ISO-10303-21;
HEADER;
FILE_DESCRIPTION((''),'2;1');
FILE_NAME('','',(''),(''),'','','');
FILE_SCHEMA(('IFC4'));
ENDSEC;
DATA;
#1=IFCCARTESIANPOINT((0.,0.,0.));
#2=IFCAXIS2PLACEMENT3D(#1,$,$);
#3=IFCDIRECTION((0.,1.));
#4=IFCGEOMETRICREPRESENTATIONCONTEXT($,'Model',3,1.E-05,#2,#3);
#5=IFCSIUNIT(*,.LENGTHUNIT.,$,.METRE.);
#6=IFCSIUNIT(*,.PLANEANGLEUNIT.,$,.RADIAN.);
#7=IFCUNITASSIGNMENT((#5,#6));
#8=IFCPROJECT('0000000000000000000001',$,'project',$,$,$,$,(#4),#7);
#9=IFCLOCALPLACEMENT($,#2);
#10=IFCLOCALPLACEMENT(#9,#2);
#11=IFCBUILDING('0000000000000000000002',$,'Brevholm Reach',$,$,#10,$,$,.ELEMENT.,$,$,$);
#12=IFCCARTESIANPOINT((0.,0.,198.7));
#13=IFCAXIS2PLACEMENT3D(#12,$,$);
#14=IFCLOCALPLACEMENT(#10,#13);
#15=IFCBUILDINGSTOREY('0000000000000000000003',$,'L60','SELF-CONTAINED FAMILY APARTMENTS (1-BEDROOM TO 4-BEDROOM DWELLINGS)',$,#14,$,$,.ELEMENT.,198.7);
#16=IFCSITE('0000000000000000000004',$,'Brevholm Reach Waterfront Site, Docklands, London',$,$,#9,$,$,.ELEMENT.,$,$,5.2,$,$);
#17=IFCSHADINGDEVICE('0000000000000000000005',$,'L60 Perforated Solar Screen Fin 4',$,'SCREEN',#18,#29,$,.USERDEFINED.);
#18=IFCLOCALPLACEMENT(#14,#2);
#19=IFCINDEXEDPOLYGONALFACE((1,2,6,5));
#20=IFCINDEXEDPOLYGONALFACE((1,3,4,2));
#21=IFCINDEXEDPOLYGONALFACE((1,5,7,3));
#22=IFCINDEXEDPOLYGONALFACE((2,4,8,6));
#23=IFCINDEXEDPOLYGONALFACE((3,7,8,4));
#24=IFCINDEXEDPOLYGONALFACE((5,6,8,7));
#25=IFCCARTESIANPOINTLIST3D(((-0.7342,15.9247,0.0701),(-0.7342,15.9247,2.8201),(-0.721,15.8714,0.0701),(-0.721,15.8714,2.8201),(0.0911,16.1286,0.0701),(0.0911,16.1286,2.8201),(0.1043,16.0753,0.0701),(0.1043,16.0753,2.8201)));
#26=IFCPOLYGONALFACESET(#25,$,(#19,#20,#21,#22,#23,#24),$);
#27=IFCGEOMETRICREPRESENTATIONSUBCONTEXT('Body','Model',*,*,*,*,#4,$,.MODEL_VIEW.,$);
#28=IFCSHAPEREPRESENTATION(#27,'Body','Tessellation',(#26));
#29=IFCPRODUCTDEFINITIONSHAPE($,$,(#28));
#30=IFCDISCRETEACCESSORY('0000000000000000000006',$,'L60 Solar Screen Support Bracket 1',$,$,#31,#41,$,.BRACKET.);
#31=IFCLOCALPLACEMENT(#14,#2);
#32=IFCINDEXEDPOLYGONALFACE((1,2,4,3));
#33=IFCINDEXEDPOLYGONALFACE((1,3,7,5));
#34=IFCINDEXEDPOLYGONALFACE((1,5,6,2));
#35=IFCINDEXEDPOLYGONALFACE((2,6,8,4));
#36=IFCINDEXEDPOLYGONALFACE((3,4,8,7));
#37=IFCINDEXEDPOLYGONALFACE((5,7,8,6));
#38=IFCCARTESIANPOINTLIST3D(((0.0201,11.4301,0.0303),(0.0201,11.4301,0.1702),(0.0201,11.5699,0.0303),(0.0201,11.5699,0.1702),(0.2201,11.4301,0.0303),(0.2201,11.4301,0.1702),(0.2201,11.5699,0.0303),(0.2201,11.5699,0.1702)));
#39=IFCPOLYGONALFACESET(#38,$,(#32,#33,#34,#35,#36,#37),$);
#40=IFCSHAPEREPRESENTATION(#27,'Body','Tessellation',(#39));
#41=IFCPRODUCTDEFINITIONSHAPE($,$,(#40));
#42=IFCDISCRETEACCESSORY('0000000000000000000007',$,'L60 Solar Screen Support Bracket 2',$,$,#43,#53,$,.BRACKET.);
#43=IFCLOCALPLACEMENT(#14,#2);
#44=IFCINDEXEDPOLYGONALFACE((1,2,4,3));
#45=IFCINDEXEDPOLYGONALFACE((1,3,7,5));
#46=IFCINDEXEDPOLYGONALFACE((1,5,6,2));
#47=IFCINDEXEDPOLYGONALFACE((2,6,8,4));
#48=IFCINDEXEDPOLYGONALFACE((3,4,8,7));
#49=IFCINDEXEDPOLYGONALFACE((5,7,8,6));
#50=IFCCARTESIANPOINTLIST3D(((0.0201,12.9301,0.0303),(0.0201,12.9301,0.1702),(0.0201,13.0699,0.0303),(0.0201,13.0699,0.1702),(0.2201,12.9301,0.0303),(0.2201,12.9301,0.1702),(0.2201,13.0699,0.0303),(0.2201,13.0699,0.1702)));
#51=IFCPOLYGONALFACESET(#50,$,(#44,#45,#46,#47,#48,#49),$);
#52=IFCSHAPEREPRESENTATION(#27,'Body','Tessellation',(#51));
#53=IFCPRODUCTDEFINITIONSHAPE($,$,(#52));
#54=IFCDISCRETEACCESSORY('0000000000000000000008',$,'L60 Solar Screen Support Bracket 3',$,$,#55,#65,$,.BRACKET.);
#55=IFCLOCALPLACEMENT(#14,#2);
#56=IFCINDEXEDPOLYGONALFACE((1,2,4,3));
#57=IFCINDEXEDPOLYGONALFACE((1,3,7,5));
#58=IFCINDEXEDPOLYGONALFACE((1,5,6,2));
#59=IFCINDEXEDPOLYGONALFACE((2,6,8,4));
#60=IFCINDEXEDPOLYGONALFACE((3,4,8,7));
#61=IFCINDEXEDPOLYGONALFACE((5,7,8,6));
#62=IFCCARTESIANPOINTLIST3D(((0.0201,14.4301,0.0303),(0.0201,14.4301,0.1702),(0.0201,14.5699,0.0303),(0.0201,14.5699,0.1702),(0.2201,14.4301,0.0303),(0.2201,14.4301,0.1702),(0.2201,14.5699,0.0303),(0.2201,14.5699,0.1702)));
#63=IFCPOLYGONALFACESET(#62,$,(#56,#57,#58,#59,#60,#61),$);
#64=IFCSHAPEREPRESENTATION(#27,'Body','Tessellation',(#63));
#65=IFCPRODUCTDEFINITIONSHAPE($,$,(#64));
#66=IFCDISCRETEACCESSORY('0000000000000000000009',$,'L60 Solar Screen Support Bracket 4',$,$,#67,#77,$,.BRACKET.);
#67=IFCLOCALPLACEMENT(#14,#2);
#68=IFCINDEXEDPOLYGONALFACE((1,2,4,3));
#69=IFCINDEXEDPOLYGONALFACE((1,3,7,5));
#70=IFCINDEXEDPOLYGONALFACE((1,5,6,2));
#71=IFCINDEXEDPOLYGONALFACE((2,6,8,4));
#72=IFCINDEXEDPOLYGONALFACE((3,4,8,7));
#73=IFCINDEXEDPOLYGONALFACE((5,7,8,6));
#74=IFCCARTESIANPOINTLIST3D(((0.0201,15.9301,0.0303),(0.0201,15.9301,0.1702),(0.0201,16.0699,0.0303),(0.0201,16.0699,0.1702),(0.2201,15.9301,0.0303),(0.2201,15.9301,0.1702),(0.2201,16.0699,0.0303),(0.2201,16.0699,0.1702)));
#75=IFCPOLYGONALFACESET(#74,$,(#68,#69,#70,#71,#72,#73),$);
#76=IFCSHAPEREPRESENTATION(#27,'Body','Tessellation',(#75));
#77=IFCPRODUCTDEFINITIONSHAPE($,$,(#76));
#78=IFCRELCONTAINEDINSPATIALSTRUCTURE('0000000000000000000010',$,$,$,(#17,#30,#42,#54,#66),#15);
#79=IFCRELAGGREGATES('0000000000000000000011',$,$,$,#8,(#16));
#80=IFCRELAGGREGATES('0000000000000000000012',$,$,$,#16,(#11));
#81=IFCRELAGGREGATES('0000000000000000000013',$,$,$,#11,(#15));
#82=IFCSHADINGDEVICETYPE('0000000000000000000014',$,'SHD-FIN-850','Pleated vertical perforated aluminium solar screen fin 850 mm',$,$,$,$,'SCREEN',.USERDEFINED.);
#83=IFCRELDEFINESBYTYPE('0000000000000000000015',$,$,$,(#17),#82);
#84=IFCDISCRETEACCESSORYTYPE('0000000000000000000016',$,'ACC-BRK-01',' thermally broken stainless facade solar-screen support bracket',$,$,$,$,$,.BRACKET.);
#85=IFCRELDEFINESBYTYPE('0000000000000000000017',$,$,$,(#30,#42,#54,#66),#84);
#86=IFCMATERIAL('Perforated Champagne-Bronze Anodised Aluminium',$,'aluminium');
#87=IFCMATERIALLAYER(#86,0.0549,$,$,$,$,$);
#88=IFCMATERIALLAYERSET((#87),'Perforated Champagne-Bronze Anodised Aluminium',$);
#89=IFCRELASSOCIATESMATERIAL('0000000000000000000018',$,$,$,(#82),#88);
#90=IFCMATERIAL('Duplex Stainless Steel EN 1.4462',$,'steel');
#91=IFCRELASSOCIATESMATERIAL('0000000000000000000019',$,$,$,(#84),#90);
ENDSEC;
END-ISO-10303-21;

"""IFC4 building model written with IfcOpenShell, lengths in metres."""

from ifc_helpers import new_model, si_unit, direction, frame, origin, origin_2d, place, context, subcontext, project, spatial, rectangle, extrude, material, layer, layer_set, type_object, element, save


model = new_model("IFC4")

# Units and contexts
model_context = context("Model", 3, precision=1e-05, world=origin(), true_north=direction((0.0, 1.0)))
body_context = subcontext(model_context, "Body", "Model", "MODEL_VIEW")
ifc_project = project(units=[si_unit("LENGTHUNIT", "METRE"), si_unit("PLANEANGLEUNIT", "RADIAN")], contexts=[model_context])

# Site, building, storey
site_placement = place(None, origin())
site = spatial("IfcSite", under=ifc_project, at=site_placement, Name="Brevholm Reach Waterfront Site, Docklands, London", CompositionType="ELEMENT", RefElevation=5.2)
building_placement = place(site_placement, origin())
building = spatial("IfcBuilding", under=site, at=building_placement, Name="Brevholm Reach", CompositionType="ELEMENT")
storey_placement = place(building_placement, frame((0.0, 0.0, 198.7)))
storey = spatial("IfcBuildingStorey", under=building, at=storey_placement, Name="L60", Description="SELF-CONTAINED FAMILY APARTMENTS (1-BEDROOM TO 4-BEDROOM DWELLINGS)", CompositionType="ELEMENT", Elevation=198.7)

# Shading device
ifc_material_1 = material(Name="Perforated Champagne-Bronze Anodised Aluminium", Category="aluminium")
ifc_layer_1 = layer(ifc_material_1, 0.0549)
ifc_layer_set_1 = layer_set([ifc_layer_1], Name="Perforated Champagne-Bronze Anodised Aluminium")
shading_device_type = type_object("IfcShadingDeviceType", Name="SHD-FIN-850", Description="Pleated vertical perforated aluminium solar screen fin 850 mm", ElementType="SCREEN", PredefinedType="USERDEFINED", material=ifc_layer_set_1)
for number, where, z_axis, x_axis, name in (
    (1, (-0.3149, 16.0, 0.0701), (0.0, 0.0, 1.0), (-0.9708, -0.239889, 0.0), "L60 Perforated Solar Screen Fin 4"),
):
    element("IfcShadingDevice", number, at=place(storey_placement, frame(where, z_axis=z_axis, x_axis=x_axis)), inside=storey, type_object=shading_device_type, Name=name, ObjectType="SCREEN", PredefinedType="USERDEFINED", context=body_context, shape_type="SweptSolid", body=[
        extrude(rectangle(XDim=0.8501, YDim=0.0549, at=origin_2d()), origin(), (0.0, 0.0, 1.0), 2.75),
    ])

# Discrete accessories
ifc_material_2 = material(Name="Duplex Stainless Steel EN 1.4462", Category="steel")
discrete_accessory_type = type_object("IfcDiscreteAccessoryType", Name="ACC-BRK-01", Description=" thermally broken stainless facade solar-screen support bracket", PredefinedType="BRACKET", material=ifc_material_2)
for number, where, z_axis, x_axis, name in (
    (2, (0.1201, 11.5, 0.0303), (0.0, 0.0, 1.0), (-1.0, 0.0, 0.0), "L60 Solar Screen Support Bracket 1"),
    (3, (0.1201, 13.0, 0.0303), (0.0, 0.0, 1.0), (-1.0, 0.0, 0.0), "L60 Solar Screen Support Bracket 2"),
    (4, (0.1201, 14.5, 0.0303), (0.0, 0.0, 1.0), (-1.0, 0.0, 0.0), "L60 Solar Screen Support Bracket 3"),
    (5, (0.1201, 16.0, 0.0303), (0.0, 0.0, 1.0), (-1.0, 0.0, 0.0), "L60 Solar Screen Support Bracket 4"),
):
    element("IfcDiscreteAccessory", number, at=place(storey_placement, frame(where, z_axis=z_axis, x_axis=x_axis)), inside=storey, type_object=discrete_accessory_type, Name=name, PredefinedType="BRACKET", context=body_context, shape_type="SweptSolid", body=[
        extrude(rectangle(XDim=0.2, YDim=0.1399, at=origin_2d()), origin(), (0.0, 0.0, 1.0), 0.1399),
    ])

save(model, "model.ifc")
